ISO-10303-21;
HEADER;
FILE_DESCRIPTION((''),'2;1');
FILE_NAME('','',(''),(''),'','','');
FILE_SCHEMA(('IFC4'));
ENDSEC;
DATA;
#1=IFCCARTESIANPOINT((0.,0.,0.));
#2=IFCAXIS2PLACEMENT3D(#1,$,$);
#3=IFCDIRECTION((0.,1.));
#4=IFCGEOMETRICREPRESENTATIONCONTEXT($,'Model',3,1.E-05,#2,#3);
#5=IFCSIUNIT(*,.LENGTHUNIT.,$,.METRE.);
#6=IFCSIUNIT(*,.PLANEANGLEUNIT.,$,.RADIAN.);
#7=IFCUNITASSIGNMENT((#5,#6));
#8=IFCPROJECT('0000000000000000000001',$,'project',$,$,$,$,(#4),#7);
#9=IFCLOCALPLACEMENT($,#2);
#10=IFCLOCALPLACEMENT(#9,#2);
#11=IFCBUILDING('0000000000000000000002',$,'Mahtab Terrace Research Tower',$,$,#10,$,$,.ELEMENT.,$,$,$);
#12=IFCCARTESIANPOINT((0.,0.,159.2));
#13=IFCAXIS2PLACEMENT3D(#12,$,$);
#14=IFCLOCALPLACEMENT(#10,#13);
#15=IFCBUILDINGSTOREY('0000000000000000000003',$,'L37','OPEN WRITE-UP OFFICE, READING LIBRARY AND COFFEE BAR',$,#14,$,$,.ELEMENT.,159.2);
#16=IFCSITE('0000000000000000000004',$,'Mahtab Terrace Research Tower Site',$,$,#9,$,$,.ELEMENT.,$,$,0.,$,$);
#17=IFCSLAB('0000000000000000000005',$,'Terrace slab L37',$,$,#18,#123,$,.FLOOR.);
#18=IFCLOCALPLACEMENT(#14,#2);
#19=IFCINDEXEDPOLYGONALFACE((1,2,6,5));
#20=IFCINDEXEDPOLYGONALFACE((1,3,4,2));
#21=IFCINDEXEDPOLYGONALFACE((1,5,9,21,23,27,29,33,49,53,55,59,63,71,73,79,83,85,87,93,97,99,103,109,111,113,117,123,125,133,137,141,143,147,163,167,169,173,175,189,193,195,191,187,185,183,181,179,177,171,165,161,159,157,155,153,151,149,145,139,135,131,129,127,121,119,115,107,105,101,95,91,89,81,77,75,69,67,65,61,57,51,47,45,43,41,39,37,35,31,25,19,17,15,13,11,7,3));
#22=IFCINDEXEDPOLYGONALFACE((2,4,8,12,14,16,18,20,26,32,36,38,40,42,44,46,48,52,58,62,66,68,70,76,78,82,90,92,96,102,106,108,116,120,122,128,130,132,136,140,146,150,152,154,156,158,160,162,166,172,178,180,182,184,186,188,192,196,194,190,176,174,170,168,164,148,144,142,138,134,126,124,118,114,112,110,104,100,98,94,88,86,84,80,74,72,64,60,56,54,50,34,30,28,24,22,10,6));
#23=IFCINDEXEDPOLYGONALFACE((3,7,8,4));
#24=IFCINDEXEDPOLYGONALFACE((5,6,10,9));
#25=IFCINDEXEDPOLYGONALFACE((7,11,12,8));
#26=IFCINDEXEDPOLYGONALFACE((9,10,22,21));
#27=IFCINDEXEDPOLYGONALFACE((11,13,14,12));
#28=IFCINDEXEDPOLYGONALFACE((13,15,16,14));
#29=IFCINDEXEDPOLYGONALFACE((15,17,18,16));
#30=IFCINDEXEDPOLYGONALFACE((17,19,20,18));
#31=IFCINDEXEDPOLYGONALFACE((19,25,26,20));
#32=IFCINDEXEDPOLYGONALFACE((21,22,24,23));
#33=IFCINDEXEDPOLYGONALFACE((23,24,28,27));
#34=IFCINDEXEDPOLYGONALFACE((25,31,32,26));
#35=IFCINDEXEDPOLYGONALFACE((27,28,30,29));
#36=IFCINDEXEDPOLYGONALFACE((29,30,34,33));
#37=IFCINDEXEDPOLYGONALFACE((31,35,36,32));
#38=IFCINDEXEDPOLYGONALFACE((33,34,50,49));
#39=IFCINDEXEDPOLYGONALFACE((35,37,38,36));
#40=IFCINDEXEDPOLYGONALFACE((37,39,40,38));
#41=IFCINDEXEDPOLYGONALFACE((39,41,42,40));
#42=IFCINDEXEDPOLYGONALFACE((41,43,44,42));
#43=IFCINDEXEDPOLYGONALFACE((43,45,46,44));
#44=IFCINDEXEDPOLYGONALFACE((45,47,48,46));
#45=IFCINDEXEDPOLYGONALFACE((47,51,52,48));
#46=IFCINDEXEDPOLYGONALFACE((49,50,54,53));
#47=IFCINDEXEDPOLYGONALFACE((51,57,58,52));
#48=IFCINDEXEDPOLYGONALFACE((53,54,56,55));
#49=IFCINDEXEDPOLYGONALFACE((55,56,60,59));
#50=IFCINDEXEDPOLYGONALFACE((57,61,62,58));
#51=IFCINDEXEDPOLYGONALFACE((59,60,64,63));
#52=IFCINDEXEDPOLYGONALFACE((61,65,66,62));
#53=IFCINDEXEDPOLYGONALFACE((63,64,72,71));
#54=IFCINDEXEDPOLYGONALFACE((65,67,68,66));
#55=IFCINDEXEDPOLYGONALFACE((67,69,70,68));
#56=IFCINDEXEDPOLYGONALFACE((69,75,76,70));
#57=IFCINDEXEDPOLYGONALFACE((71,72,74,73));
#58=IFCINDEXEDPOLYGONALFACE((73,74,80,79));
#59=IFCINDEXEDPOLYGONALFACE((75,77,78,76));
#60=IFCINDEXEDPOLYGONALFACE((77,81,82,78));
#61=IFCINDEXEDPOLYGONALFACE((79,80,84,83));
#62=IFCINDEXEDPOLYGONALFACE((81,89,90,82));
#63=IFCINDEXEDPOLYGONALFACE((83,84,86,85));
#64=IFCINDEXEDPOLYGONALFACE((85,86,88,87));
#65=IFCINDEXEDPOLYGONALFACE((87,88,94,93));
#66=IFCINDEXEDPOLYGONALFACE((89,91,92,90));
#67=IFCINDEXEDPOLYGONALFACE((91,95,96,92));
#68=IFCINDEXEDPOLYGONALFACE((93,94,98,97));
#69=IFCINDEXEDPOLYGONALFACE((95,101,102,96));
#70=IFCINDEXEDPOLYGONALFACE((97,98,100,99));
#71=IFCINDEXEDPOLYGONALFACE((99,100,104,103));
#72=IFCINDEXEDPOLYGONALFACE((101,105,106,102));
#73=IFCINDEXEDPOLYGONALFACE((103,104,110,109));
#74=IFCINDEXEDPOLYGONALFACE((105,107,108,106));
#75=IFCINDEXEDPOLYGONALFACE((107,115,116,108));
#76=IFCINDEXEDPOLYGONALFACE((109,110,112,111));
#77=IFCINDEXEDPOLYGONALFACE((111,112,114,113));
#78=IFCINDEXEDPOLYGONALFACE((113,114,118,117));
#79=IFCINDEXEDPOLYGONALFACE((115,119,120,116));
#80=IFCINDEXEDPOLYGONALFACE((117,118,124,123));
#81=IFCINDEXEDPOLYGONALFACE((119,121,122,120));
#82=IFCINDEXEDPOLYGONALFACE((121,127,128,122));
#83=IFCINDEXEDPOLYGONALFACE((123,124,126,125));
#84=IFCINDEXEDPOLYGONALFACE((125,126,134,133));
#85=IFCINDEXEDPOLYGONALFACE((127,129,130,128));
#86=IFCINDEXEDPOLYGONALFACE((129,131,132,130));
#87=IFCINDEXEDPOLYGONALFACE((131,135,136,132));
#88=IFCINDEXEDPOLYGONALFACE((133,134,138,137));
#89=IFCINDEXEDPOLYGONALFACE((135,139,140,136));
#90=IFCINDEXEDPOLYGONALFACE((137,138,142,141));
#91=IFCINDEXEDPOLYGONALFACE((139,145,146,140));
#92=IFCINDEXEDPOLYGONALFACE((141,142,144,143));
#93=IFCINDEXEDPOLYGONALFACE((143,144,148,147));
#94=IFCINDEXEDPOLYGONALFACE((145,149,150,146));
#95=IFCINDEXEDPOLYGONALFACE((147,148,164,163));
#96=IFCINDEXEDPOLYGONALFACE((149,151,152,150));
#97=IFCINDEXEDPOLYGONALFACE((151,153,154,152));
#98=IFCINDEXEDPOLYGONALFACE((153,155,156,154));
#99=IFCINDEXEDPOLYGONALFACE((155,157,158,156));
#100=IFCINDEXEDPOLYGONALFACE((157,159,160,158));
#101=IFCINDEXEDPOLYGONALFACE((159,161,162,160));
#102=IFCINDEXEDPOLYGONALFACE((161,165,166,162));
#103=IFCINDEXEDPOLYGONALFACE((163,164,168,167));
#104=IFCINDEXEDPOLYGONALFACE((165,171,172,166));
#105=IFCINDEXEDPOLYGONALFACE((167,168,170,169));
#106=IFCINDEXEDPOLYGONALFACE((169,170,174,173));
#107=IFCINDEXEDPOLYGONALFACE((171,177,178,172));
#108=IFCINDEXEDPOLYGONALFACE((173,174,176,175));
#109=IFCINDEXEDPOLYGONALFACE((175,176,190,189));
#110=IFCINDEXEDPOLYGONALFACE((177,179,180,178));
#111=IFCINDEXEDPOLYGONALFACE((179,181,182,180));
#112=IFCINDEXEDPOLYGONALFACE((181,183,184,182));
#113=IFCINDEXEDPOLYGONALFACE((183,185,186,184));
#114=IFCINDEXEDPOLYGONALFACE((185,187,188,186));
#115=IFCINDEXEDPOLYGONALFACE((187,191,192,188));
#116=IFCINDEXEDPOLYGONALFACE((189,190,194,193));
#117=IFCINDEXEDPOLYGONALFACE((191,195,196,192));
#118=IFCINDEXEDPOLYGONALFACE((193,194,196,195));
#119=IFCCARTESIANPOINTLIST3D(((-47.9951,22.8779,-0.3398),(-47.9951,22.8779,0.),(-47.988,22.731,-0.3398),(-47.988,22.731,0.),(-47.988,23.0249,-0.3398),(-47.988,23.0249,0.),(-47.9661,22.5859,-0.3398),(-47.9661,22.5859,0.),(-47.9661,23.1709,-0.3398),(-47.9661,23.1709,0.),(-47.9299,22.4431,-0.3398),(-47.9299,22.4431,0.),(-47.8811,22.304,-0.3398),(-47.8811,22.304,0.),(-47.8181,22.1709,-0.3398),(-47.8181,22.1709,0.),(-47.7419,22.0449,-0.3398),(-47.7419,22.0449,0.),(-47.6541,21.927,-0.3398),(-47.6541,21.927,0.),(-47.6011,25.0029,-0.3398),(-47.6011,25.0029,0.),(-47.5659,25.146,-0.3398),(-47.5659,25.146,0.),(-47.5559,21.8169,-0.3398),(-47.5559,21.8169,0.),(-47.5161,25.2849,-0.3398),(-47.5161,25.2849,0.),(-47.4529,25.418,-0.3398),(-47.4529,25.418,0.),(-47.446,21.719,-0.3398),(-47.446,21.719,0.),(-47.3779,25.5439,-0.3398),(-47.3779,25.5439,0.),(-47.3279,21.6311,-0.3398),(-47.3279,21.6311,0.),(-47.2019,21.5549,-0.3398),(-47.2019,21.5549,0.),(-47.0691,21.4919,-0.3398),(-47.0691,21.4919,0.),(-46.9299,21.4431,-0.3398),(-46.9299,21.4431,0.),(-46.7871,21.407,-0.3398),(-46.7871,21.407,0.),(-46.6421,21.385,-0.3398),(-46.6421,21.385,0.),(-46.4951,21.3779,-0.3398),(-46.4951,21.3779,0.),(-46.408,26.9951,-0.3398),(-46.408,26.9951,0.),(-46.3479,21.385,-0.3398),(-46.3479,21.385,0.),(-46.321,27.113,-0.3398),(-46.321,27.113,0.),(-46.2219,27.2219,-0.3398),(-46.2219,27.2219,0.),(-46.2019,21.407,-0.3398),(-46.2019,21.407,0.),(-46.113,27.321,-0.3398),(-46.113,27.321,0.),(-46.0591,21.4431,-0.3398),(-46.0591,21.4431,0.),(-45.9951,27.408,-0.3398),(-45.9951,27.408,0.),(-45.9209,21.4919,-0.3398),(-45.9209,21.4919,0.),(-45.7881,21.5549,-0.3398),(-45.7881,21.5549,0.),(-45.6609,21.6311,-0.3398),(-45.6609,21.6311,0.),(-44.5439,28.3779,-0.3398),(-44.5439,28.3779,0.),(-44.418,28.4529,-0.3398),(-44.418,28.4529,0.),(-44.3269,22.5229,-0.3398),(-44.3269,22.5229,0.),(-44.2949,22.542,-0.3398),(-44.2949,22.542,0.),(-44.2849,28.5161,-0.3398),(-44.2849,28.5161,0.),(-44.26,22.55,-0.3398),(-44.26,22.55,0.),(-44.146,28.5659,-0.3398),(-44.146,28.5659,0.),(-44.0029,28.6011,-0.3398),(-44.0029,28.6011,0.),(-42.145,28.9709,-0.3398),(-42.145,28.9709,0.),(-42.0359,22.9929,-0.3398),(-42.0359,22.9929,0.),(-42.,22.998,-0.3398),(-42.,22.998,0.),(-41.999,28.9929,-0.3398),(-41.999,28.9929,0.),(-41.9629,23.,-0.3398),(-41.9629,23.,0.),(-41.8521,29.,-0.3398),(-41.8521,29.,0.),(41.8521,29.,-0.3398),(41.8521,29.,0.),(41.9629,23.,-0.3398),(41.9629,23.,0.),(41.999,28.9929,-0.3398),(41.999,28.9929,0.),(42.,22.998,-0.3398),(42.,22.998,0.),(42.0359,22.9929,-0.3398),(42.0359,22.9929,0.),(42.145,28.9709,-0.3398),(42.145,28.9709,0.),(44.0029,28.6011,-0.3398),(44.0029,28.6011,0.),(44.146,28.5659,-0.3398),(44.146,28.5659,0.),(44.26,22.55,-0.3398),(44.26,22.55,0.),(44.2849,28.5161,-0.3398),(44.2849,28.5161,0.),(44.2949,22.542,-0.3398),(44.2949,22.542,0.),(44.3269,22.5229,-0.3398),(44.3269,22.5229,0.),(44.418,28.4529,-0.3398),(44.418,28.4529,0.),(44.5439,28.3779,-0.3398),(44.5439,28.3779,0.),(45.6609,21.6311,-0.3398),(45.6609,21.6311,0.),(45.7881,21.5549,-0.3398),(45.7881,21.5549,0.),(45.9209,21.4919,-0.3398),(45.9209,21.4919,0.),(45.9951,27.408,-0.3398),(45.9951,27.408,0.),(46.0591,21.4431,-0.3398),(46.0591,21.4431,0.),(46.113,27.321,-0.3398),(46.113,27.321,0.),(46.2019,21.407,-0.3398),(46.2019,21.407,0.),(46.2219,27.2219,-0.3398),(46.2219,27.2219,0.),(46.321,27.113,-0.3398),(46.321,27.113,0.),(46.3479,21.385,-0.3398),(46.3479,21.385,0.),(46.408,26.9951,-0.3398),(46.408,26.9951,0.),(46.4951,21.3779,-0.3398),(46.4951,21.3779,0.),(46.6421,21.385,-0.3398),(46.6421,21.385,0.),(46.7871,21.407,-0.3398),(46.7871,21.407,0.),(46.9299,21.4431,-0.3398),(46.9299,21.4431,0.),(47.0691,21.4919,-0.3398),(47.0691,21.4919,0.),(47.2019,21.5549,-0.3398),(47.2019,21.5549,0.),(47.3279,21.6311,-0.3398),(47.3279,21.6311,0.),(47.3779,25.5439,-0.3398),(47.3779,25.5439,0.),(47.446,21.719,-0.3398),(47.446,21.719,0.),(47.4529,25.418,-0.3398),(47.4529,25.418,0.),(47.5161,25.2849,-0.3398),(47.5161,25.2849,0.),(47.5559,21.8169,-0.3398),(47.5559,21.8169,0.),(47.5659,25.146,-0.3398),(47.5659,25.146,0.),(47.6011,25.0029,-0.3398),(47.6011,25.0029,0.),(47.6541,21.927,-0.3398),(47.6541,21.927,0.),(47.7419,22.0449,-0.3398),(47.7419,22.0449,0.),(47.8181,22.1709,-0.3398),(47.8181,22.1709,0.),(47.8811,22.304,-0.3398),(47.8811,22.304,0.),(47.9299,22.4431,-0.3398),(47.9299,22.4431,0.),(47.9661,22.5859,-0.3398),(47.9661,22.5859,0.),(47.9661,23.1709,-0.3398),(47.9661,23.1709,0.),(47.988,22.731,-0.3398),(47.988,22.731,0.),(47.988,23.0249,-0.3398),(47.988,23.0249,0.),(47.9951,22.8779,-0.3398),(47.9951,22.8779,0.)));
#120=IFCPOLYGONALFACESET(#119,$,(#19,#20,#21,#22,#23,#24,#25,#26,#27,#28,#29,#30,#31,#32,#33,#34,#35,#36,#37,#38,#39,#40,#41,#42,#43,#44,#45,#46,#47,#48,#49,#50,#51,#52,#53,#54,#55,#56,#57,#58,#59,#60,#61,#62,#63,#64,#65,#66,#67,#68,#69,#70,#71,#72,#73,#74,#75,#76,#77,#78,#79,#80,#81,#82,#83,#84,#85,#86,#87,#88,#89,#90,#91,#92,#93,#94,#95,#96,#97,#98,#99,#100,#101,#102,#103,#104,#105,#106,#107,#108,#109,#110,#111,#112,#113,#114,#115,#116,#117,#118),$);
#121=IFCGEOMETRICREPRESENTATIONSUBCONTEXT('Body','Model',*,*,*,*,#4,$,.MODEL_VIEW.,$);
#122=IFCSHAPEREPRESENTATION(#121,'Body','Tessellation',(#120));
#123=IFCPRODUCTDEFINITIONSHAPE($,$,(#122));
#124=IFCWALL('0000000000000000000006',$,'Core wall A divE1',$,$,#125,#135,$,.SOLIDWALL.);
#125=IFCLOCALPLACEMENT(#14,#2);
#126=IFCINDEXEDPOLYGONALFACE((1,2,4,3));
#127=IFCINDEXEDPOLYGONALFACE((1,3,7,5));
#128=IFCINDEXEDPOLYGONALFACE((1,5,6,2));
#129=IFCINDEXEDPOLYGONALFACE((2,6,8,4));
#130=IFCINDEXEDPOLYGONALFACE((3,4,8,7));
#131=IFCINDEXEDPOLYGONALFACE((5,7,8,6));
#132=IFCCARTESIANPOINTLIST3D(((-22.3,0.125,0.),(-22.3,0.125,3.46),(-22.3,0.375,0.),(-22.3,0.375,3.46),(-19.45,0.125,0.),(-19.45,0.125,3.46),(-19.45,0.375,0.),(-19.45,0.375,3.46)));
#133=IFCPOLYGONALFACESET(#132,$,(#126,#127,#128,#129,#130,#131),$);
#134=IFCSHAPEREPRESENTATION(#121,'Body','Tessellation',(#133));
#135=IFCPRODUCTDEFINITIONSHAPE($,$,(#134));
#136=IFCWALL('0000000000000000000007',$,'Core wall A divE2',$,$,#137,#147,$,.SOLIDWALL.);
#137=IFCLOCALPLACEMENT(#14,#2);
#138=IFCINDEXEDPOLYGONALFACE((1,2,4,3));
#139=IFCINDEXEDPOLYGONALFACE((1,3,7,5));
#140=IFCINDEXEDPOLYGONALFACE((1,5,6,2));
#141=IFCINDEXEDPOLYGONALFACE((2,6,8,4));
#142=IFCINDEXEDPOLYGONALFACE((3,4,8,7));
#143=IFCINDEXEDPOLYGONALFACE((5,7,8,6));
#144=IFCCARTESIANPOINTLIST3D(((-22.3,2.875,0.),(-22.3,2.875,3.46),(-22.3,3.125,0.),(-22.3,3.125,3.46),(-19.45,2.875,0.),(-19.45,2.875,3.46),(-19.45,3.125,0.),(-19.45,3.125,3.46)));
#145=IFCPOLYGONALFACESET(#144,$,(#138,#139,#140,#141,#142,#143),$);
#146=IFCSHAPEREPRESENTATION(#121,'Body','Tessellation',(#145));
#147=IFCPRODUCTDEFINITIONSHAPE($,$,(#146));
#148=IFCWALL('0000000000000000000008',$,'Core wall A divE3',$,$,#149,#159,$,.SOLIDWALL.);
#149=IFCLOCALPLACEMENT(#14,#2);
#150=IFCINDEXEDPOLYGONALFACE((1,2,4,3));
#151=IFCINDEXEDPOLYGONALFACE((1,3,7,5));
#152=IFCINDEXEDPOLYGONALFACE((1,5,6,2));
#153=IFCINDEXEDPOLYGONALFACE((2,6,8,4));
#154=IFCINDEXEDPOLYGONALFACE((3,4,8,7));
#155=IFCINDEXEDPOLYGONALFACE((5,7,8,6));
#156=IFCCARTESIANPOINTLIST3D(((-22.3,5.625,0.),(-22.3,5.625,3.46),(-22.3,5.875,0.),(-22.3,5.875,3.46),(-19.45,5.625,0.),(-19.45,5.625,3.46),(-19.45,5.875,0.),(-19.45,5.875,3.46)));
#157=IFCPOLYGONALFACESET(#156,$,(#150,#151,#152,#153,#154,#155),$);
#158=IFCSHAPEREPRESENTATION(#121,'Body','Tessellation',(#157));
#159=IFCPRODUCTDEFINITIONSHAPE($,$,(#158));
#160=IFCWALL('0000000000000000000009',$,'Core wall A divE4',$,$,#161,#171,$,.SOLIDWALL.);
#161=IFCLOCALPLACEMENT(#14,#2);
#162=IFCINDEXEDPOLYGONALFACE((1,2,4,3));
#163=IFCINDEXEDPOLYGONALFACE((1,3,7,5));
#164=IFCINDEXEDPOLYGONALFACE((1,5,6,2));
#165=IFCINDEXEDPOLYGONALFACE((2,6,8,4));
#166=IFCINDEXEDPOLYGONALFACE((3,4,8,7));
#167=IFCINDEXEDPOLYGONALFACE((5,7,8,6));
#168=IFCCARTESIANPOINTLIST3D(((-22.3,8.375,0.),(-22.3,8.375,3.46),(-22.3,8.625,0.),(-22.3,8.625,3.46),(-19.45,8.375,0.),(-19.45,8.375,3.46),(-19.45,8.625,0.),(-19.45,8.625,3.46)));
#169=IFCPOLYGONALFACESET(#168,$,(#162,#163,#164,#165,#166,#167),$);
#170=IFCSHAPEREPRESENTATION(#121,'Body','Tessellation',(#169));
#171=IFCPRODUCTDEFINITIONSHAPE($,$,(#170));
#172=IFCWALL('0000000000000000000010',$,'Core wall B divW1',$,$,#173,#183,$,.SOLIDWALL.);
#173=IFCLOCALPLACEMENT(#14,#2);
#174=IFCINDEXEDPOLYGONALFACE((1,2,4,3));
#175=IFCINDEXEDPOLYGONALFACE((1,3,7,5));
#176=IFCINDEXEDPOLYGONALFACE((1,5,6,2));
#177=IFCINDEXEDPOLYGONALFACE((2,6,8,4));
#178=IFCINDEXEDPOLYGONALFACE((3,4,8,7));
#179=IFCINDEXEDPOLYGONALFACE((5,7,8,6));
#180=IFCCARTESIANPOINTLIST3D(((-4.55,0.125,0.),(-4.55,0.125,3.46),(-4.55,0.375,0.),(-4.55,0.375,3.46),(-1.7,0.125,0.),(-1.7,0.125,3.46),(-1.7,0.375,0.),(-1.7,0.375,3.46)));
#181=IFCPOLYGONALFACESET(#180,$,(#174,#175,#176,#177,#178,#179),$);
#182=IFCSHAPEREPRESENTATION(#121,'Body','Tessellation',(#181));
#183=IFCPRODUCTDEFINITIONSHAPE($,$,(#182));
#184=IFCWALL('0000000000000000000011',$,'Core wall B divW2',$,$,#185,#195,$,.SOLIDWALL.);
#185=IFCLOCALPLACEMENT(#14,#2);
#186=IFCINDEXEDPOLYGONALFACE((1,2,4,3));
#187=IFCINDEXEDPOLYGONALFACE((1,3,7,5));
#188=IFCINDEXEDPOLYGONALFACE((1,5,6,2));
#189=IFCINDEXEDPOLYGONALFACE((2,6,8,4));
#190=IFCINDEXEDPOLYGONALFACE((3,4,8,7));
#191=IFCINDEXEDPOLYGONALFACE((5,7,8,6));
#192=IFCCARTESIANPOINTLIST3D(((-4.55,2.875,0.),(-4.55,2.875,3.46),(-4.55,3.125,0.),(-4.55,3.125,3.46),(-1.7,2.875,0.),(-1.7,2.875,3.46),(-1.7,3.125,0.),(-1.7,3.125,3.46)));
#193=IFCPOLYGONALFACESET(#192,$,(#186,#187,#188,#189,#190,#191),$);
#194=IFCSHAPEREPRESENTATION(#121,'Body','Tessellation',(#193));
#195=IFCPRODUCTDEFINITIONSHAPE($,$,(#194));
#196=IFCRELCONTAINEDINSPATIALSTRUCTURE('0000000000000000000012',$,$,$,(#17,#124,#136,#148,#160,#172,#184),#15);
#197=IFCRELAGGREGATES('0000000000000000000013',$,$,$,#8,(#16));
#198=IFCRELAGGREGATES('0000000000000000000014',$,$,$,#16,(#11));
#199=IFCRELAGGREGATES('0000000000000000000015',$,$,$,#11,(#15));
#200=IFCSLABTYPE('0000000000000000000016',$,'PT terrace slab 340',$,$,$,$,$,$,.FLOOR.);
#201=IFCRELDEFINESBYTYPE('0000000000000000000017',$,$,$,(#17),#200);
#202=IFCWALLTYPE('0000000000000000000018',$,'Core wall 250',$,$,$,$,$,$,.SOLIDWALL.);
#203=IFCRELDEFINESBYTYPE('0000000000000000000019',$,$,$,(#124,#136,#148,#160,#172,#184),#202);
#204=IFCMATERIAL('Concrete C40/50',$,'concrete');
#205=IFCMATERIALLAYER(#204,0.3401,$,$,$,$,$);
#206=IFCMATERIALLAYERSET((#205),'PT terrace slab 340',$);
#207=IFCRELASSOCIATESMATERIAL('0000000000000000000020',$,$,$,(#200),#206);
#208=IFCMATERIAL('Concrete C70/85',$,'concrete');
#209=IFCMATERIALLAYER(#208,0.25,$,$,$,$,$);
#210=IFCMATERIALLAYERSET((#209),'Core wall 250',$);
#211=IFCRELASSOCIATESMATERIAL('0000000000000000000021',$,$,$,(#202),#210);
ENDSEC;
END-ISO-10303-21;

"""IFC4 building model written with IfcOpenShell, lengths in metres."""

from ifc_helpers import new_model, si_unit, direction, frame, frame_2d, origin, place, context, subcontext, project, spatial, polyline, rectangle, outline, extrude, material, layer, layer_set, type_object, element, save


model = new_model("IFC4")

# Units and contexts
model_context = context("Model", 3, precision=1e-05, world=origin(), true_north=direction((0.0, 1.0)))
body_context = subcontext(model_context, "Body", "Model", "MODEL_VIEW")
ifc_project = project(units=[si_unit("LENGTHUNIT", "METRE"), si_unit("PLANEANGLEUNIT", "RADIAN")], contexts=[model_context])

# Site, building, storey
site_placement = place(None, origin())
site = spatial("IfcSite", under=ifc_project, at=site_placement, Name="Mahtab Terrace Research Tower Site", CompositionType="ELEMENT", RefElevation=0.0)
building_placement = place(site_placement, origin())
building = spatial("IfcBuilding", under=site, at=building_placement, Name="Mahtab Terrace Research Tower", CompositionType="ELEMENT")
storey_placement = place(building_placement, frame((0.0, 0.0, 159.2)))
storey = spatial("IfcBuildingStorey", under=building, at=storey_placement, Name="L37", Description="OPEN WRITE-UP OFFICE, READING LIBRARY AND COFFEE BAR", CompositionType="ELEMENT", Elevation=159.2)

# Shared definitions
ifc_material_1 = material(Name="Concrete C40/50", Category="concrete")

# Slab
ifc_layer_1 = layer(ifc_material_1, 0.3401)
ifc_layer_set_1 = layer_set([ifc_layer_1], Name="PT terrace slab 340")
slab_type_1 = type_object("IfcSlabType", Name="PT terrace slab 340", PredefinedType="FLOOR", material=ifc_layer_set_1)
slab_1_placement = place(storey_placement, frame((0.0, 0.0, -0.3398)))
element("IfcSlab", 1, at=slab_1_placement, inside=storey, type_object=slab_type_1, Name="Terrace slab L37", PredefinedType="FLOOR", context=body_context, shape_type="SweptSolid", body=[
    extrude(outline(polyline([(-44.3269, 22.5229), (-44.2949, 22.542), (-44.26, 22.55), (-42.0359, 22.9929), (-42.0, 22.998), (-41.9629, 23.0), (41.9629, 23.0), (42.0, 22.998), (42.0359, 22.9929), (44.26, 22.55), (44.2949, 22.542), (44.3269, 22.5229), (45.6609, 21.6311), (45.7881, 21.5549), (45.9209, 21.4919), (46.0591, 21.4431), (46.2019, 21.407), (46.3479, 21.385), (46.4951, 21.3779), (46.6421, 21.385), (46.7871, 21.407), (46.9299, 21.4431), (47.0691, 21.4919), (47.2019, 21.5549), (47.3279, 21.6311), (47.446, 21.719), (47.5559, 21.8169), (47.6541, 21.927), (47.7419, 22.0449), (47.8181, 22.1709), (47.8811, 22.304), (47.9299, 22.4431), (47.9661, 22.5859), (47.988, 22.731), (47.9951, 22.8779), (47.988, 23.0249), (47.9661, 23.1709), (47.6011, 25.0029), (47.5659, 25.146), (47.5161, 25.2849), (47.4529, 25.418), (47.3779, 25.5439), (46.408, 26.9951), (46.321, 27.113), (46.2219, 27.2219), (46.113, 27.321), (45.9951, 27.408), (44.5439, 28.3779), (44.418, 28.4529), (44.2849, 28.5161), (44.146, 28.5659), (44.0029, 28.6011), (42.145, 28.9709), (41.999, 28.9929), (41.8521, 29.0), (-41.8521, 29.0), (-41.999, 28.9929), (-42.145, 28.9709), (-44.0029, 28.6011), (-44.146, 28.5659), (-44.2849, 28.5161), (-44.418, 28.4529), (-44.5439, 28.3779), (-45.9951, 27.408), (-46.113, 27.321), (-46.2219, 27.2219), (-46.321, 27.113), (-46.408, 26.9951), (-47.3779, 25.5439), (-47.4529, 25.418), (-47.5161, 25.2849), (-47.5659, 25.146), (-47.6011, 25.0029), (-47.9661, 23.1709), (-47.988, 23.0249), (-47.9951, 22.8779), (-47.988, 22.731), (-47.9661, 22.5859), (-47.9299, 22.4431), (-47.8811, 22.304), (-47.8181, 22.1709), (-47.7419, 22.0449), (-47.6541, 21.927), (-47.5559, 21.8169), (-47.446, 21.719), (-47.3279, 21.6311), (-47.2019, 21.5549), (-47.0691, 21.4919), (-46.9299, 21.4431), (-46.7871, 21.407), (-46.6421, 21.385), (-46.4951, 21.3779), (-46.3479, 21.385), (-46.2019, 21.407), (-46.0591, 21.4431), (-45.9209, 21.4919), (-45.7881, 21.5549), (-45.6609, 21.6311), (-44.3269, 22.5229)])), origin(), (0.0, 0.0, 1.0), 0.3398),
])

# Walls
ifc_material_2 = material(Name="Concrete C70/85", Category="concrete")
ifc_layer_2 = layer(ifc_material_2, 0.25)
ifc_layer_set_2 = layer_set([ifc_layer_2], Name="Core wall 250")
wall_type_1 = type_object("IfcWallType", Name="Core wall 250", PredefinedType="SOLIDWALL", material=ifc_layer_set_2)
for number, where, z_axis, x_axis, name in (
    (2, (-22.3, 0.25, 0.0), (0.0, 0.0, 1.0), (1.0, 0.0, 0.0), "Core wall A divE1"),
    (3, (-22.3, 3.0, 0.0), (0.0, 0.0, 1.0), (1.0, 0.0, 0.0), "Core wall A divE2"),
    (4, (-22.3, 5.75, 0.0), (0.0, 0.0, 1.0), (1.0, 0.0, 0.0), "Core wall A divE3"),
    (5, (-22.3, 8.5, 0.0), (0.0, 0.0, 1.0), (1.0, 0.0, 0.0), "Core wall A divE4"),
    (6, (-4.55, 0.25, 0.0), (0.0, 0.0, 1.0), (1.0, 0.0, 0.0), "Core wall B divW1"),
    (7, (-4.55, 3.0, 0.0), (0.0, 0.0, 1.0), (1.0, 0.0, 0.0), "Core wall B divW2"),
):
    element("IfcWall", number, at=place(storey_placement, frame(where, z_axis=z_axis, x_axis=x_axis)), inside=storey, type_object=wall_type_1, Name=name, PredefinedType="SOLIDWALL", context=body_context, shape_type="SweptSolid", body=[
        extrude(rectangle(XDim=2.8501, YDim=0.25, at=frame_2d((1.425, 0.0))), origin(), (0.0, 0.0, 1.0), 3.46),
    ])

save(model, "model.ifc")
